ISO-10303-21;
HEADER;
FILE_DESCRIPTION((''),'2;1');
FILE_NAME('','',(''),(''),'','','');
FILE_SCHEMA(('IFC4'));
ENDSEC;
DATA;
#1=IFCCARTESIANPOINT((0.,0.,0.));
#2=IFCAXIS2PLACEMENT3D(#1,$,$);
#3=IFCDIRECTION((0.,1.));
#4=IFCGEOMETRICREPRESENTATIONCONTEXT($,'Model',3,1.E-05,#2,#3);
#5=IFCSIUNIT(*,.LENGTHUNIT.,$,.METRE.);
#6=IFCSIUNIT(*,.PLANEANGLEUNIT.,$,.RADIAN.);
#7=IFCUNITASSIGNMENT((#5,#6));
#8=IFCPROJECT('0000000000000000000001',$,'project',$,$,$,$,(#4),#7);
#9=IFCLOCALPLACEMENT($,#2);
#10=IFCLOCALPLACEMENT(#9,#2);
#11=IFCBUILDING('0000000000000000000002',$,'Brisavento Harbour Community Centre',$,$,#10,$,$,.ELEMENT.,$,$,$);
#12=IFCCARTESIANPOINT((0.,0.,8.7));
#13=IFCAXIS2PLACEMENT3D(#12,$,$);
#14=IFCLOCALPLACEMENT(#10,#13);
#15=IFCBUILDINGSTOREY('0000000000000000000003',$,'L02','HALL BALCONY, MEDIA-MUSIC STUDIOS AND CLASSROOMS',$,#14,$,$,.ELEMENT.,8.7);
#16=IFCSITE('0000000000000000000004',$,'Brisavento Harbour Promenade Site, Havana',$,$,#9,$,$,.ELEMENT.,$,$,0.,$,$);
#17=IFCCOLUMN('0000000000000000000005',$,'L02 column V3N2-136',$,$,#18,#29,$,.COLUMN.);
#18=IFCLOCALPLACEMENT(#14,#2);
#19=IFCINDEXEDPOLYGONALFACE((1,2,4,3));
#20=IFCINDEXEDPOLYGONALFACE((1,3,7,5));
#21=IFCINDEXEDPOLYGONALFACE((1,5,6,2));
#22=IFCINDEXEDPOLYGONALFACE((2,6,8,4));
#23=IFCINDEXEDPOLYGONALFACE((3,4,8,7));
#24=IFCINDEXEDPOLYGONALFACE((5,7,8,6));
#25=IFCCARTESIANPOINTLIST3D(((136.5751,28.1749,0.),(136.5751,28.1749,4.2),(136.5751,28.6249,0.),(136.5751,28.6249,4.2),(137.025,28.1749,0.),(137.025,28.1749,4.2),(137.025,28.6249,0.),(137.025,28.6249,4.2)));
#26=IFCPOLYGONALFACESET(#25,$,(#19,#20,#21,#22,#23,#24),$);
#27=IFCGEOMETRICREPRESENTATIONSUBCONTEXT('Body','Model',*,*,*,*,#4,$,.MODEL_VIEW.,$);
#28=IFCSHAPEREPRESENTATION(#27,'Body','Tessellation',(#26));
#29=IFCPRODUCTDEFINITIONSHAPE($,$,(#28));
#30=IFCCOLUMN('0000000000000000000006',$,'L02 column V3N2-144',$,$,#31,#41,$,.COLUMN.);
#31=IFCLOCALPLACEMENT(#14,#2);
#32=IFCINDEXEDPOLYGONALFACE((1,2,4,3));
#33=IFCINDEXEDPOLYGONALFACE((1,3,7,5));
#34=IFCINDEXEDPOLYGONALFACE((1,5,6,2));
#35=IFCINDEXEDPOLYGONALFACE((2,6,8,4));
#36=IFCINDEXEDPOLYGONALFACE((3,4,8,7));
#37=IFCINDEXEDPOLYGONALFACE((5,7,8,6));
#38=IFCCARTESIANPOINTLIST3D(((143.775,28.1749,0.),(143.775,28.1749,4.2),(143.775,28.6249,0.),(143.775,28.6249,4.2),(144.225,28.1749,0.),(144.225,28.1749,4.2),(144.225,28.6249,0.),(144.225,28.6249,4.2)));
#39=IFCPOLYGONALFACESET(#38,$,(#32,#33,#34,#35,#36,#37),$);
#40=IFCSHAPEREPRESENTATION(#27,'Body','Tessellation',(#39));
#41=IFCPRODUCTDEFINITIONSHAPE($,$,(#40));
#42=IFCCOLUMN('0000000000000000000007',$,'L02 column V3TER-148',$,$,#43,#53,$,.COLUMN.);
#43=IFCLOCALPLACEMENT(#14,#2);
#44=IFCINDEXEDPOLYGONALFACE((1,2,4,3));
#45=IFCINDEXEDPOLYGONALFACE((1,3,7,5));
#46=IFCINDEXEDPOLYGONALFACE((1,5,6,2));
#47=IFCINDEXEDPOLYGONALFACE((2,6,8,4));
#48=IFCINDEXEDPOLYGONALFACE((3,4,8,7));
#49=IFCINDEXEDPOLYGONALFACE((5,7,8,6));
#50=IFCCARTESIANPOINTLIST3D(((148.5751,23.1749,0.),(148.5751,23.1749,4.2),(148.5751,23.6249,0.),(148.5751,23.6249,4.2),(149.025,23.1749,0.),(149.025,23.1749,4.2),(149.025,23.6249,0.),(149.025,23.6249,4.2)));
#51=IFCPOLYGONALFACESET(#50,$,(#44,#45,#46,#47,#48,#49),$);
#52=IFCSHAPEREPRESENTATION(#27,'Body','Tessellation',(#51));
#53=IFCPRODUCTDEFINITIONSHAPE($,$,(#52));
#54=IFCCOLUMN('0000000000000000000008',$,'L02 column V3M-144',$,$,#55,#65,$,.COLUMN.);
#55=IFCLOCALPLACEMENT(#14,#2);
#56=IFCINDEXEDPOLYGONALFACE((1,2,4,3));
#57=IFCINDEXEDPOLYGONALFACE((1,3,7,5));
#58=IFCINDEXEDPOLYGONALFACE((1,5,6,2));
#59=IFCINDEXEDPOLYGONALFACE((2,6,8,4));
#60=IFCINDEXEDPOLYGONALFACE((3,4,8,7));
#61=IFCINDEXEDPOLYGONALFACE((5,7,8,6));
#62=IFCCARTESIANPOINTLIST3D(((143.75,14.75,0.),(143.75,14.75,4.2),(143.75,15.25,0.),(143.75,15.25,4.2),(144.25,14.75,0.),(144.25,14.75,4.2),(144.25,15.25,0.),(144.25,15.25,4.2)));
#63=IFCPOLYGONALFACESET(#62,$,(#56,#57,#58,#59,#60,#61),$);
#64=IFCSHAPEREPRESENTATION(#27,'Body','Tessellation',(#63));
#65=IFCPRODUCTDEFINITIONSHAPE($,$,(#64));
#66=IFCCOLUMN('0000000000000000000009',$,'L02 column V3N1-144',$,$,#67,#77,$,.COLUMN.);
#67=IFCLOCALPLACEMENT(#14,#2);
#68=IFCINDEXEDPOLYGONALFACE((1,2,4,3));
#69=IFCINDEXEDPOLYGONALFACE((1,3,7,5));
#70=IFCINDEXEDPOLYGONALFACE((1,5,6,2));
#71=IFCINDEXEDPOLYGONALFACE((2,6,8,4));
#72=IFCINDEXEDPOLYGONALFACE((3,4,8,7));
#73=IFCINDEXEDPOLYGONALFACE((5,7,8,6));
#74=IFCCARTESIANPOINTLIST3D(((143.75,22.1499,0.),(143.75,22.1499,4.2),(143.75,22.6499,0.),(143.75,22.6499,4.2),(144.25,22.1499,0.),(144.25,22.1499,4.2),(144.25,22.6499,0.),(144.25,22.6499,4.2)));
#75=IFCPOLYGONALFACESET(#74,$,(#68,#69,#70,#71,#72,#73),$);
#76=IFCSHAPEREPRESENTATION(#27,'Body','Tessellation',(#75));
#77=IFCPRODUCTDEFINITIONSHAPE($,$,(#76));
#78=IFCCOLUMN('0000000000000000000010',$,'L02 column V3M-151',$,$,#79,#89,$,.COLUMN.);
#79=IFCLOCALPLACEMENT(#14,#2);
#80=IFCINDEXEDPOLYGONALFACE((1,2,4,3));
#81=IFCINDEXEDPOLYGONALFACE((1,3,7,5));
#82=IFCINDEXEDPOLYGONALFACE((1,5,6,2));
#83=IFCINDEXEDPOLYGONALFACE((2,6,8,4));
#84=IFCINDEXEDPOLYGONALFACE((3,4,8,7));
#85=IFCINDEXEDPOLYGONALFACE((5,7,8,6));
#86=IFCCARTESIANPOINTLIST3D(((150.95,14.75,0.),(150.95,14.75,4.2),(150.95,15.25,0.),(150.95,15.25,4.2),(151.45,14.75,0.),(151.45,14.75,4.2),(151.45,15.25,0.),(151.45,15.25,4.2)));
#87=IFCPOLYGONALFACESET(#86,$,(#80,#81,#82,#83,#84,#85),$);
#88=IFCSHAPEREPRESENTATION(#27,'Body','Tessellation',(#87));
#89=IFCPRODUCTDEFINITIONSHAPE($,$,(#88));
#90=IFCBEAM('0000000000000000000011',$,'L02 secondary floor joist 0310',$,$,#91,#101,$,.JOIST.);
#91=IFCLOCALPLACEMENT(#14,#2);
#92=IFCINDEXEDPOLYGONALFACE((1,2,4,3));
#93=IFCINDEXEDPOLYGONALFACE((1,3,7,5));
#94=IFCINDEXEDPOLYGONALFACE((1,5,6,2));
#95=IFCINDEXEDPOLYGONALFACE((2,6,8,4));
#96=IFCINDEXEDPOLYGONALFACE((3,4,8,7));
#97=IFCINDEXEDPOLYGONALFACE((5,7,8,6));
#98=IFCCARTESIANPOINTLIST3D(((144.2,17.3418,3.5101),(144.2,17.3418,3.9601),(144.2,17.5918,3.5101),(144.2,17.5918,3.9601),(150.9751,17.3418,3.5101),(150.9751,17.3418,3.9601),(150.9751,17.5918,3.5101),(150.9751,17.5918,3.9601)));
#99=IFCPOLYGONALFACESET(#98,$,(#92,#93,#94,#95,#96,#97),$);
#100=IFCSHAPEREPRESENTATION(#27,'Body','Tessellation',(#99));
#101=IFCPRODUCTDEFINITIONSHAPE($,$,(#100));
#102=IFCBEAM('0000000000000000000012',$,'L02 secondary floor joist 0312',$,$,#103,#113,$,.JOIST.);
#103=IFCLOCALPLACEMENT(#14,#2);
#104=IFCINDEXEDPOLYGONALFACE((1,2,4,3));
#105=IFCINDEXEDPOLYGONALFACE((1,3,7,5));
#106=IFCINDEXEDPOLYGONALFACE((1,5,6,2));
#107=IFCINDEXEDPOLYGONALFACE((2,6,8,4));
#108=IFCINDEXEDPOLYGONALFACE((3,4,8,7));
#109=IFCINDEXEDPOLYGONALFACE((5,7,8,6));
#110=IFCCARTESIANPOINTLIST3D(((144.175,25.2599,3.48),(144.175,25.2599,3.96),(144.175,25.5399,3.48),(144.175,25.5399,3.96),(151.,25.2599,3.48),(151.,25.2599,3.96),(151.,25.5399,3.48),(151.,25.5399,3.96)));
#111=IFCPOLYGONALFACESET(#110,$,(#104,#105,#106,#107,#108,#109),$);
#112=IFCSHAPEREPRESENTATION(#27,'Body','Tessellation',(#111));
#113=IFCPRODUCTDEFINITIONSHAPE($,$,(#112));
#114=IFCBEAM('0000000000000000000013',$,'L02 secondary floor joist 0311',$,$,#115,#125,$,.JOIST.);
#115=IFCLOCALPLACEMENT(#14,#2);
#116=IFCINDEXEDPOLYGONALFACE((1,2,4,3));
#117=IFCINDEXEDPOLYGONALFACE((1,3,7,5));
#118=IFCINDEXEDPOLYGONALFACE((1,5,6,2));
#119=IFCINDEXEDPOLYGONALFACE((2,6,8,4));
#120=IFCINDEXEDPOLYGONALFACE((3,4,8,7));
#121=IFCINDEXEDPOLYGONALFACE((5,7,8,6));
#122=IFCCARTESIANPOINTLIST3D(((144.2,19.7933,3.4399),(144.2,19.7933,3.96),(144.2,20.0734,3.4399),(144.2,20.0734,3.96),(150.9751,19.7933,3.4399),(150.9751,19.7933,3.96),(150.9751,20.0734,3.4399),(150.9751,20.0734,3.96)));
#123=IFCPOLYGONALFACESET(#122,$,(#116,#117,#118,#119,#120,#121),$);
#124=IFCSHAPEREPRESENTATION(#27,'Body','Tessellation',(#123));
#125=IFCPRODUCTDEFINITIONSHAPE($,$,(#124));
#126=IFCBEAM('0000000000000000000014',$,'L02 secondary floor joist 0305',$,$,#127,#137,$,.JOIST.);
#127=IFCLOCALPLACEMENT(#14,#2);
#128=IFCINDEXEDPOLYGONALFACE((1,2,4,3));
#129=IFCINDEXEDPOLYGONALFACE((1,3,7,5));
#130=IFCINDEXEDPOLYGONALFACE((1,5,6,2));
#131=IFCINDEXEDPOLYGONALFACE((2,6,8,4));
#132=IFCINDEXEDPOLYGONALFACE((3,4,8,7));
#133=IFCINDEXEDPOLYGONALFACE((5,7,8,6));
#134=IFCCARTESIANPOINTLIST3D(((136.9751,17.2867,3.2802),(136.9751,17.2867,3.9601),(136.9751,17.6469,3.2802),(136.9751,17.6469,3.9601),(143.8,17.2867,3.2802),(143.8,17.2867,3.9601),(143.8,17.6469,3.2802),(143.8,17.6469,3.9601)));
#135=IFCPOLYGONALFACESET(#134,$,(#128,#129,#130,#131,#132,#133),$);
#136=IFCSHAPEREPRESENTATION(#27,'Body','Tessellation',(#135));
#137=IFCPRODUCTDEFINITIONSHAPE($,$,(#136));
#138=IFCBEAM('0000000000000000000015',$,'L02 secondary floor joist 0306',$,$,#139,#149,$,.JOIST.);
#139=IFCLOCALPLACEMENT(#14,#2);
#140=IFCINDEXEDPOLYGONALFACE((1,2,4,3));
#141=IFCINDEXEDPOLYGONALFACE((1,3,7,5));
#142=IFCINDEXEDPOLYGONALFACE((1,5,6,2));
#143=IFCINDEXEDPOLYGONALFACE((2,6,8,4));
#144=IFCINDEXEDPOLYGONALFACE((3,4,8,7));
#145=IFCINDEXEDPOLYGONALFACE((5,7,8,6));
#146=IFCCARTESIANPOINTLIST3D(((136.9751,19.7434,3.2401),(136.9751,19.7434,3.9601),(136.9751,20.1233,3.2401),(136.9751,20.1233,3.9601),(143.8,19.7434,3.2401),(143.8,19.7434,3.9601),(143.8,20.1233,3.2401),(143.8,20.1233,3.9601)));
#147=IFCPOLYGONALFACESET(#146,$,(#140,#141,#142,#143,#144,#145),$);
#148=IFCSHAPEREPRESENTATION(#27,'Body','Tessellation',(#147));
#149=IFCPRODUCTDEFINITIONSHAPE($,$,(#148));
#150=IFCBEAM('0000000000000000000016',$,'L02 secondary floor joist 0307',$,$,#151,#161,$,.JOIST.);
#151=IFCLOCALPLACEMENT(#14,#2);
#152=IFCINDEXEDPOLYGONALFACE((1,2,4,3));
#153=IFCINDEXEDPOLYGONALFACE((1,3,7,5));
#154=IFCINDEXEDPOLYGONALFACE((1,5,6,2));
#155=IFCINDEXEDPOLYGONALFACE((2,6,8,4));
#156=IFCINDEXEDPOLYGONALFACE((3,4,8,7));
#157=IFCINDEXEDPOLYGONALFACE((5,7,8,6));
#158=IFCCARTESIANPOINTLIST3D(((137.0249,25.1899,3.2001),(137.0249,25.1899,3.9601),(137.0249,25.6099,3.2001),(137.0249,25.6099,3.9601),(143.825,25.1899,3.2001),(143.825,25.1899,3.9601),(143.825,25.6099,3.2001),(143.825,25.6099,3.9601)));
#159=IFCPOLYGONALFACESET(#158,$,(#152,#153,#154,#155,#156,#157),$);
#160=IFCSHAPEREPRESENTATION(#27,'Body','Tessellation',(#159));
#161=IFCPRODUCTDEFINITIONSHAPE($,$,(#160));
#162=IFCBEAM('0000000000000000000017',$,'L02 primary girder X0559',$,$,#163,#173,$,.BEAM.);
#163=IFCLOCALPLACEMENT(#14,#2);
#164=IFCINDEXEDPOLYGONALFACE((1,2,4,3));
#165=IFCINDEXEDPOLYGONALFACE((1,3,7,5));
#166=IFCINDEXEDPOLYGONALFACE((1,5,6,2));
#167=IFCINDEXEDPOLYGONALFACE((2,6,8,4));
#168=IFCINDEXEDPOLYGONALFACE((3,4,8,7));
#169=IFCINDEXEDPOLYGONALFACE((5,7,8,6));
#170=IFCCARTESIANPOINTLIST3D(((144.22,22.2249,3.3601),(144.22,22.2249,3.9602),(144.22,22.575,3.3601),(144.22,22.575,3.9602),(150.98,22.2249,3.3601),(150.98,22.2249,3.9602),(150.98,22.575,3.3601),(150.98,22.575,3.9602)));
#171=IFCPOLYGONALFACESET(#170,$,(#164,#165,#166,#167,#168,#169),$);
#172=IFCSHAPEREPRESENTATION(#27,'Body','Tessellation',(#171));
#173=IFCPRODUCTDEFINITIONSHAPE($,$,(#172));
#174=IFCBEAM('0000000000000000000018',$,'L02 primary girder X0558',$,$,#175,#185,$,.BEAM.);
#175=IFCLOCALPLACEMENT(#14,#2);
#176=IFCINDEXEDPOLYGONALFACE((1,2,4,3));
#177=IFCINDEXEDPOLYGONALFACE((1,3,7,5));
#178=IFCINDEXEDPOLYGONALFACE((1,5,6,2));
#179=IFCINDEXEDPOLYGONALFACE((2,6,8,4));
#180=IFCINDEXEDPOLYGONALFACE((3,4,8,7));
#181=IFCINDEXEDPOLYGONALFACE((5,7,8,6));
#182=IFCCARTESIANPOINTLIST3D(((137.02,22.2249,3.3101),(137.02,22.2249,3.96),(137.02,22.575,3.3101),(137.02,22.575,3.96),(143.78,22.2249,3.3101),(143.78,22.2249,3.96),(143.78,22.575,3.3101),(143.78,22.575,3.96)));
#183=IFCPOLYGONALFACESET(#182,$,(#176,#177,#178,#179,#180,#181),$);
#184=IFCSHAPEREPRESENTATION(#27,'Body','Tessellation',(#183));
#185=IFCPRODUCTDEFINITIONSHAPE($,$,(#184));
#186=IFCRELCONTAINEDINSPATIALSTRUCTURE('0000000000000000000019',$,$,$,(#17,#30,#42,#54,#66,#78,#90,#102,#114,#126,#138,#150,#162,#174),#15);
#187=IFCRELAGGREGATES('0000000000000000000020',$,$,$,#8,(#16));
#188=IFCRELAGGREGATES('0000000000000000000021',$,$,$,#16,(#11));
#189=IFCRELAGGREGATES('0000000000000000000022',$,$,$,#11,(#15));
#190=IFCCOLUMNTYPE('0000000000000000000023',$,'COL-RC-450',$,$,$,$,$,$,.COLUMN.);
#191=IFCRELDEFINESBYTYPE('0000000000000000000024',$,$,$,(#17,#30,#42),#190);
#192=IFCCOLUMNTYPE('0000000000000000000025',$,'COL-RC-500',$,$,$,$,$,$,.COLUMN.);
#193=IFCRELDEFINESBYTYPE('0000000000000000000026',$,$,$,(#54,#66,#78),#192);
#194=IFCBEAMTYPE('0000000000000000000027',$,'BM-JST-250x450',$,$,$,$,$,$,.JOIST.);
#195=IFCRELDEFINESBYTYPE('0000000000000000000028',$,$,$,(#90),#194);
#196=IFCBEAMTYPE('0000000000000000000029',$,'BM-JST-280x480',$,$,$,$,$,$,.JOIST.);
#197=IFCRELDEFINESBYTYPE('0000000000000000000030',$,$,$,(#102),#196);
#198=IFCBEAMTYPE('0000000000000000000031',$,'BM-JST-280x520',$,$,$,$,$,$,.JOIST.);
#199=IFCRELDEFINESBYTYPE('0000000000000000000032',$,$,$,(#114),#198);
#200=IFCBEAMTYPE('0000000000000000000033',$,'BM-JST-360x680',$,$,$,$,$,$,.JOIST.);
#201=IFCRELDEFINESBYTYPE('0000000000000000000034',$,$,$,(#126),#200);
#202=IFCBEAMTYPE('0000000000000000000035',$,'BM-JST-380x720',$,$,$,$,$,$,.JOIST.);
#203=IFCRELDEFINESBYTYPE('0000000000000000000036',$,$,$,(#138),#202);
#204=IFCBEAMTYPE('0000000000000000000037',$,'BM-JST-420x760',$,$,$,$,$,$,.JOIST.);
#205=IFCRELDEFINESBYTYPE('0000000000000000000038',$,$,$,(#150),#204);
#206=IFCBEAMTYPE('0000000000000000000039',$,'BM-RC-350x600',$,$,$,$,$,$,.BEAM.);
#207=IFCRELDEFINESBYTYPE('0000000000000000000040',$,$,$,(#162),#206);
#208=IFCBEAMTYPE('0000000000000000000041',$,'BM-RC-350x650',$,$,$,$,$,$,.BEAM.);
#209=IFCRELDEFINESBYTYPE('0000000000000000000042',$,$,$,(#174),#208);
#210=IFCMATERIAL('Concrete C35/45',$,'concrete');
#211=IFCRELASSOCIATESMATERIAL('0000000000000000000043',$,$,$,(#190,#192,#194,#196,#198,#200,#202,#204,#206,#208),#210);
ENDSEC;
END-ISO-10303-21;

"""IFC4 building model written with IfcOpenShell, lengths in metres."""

from ifc_helpers import new_model, si_unit, direction, frame, origin, origin_2d, place, context, subcontext, project, spatial, rectangle, extrude, material, material_profile, profile_set, type_object, element, save


model = new_model("IFC4")

# Units and contexts
model_context = context("Model", 3, precision=1e-05, world=origin(), true_north=direction((0.0, 1.0)))
body_context = subcontext(model_context, "Body", "Model", "MODEL_VIEW")
ifc_project = project(units=[si_unit("LENGTHUNIT", "METRE"), si_unit("PLANEANGLEUNIT", "RADIAN")], contexts=[model_context])

# Site, building, storey
site_placement = place(None, origin())
site = spatial("IfcSite", under=ifc_project, at=site_placement, Name="Brisavento Harbour Promenade Site, Havana", CompositionType="ELEMENT", RefElevation=0.0)
building_placement = place(site_placement, origin())
building = spatial("IfcBuilding", under=site, at=building_placement, Name="Brisavento Harbour Community Centre", CompositionType="ELEMENT")
storey_placement = place(building_placement, frame((0.0, 0.0, 8.7)))
storey = spatial("IfcBuildingStorey", under=building, at=storey_placement, Name="L02", Description="HALL BALCONY, MEDIA-MUSIC STUDIOS AND CLASSROOMS", CompositionType="ELEMENT", Elevation=8.7)

# Columns
ifc_material_1 = material(Name="Concrete C35/45", Category="concrete")
ifc_material_profile_1 = material_profile(ifc_material_1, rectangle(XDim=0.45, YDim=0.45, at=origin_2d()), Name="Concrete C35/45")
ifc_profile_set_1 = profile_set([ifc_material_profile_1], Name="Concrete C35/45")
column_type_1 = type_object("IfcColumnType", Name="COL-RC-450", PredefinedType="COLUMN", material=ifc_profile_set_1)
for number, where, z_axis, x_axis, name in (
    (1, (136.8, 28.3999, 0.0), (0.0, 0.0, 1.0), (1.0, 0.0, 0.0), "L02 column V3N2-136"),
    (2, (144.0, 28.3999, 0.0), (0.0, 0.0, 1.0), (1.0, 0.0, 0.0), "L02 column V3N2-144"),
    (3, (148.8, 23.3999, 0.0), (0.0, 0.0, 1.0), (1.0, 0.0, 0.0), "L02 column V3TER-148"),
):
    element("IfcColumn", number, at=place(storey_placement, frame(where, z_axis=z_axis, x_axis=x_axis)), inside=storey, type_object=column_type_1, Name=name, PredefinedType="COLUMN", context=body_context, shape_type="SweptSolid", body=[
        extrude(rectangle(XDim=0.45, YDim=0.45, at=origin_2d()), origin(), (0.0, 0.0, 1.0), 4.2),
    ])
ifc_material_profile_2 = material_profile(ifc_material_1, rectangle(XDim=0.5, YDim=0.5, at=origin_2d()), Name="Concrete C35/45")
ifc_profile_set_2 = profile_set([ifc_material_profile_2], Name="Concrete C35/45")
column_type_2 = type_object("IfcColumnType", Name="COL-RC-500", PredefinedType="COLUMN", material=ifc_profile_set_2)
for number, where, z_axis, x_axis, name in (
    (4, (144.0, 15.0, 0.0), (0.0, 0.0, 1.0), (1.0, 0.0, 0.0), "L02 column V3M-144"),
    (5, (144.0, 22.3999, 0.0), (0.0, 0.0, 1.0), (1.0, 0.0, 0.0), "L02 column V3N1-144"),
    (6, (151.2, 15.0, 0.0), (0.0, 0.0, 1.0), (1.0, 0.0, 0.0), "L02 column V3M-151"),
):
    element("IfcColumn", number, at=place(storey_placement, frame(where, z_axis=z_axis, x_axis=x_axis)), inside=storey, type_object=column_type_2, Name=name, PredefinedType="COLUMN", context=body_context, shape_type="SweptSolid", body=[
        extrude(rectangle(XDim=0.5, YDim=0.5, at=origin_2d()), origin(), (0.0, 0.0, 1.0), 4.2),
    ])

# Beams
ifc_material_profile_3 = material_profile(ifc_material_1, rectangle(XDim=0.25, YDim=0.45, at=origin_2d()), Name="Concrete C35/45")
ifc_profile_set_3 = profile_set([ifc_material_profile_3], Name="Concrete C35/45")
beam_type_1 = type_object("IfcBeamType", Name="BM-JST-250x450", PredefinedType="JOIST", material=ifc_profile_set_3)
beam_1_placement = place(storey_placement, frame((144.2, 17.4668, 3.7351), z_axis=(1.0, 0.0, 0.0), x_axis=(0.0, 1.0, 0.0)))
element("IfcBeam", 7, at=beam_1_placement, inside=storey, type_object=beam_type_1, Name="L02 secondary floor joist 0310", PredefinedType="JOIST", context=body_context, shape_type="SweptSolid", body=[
    extrude(rectangle(XDim=0.25, YDim=0.45, at=origin_2d()), origin(), (0.0, 0.0, 1.0), 6.7751),
])
ifc_material_profile_4 = material_profile(ifc_material_1, rectangle(XDim=0.28, YDim=0.48, at=origin_2d()), Name="Concrete C35/45")
ifc_profile_set_4 = profile_set([ifc_material_profile_4], Name="Concrete C35/45")
beam_type_2 = type_object("IfcBeamType", Name="BM-JST-280x480", PredefinedType="JOIST", material=ifc_profile_set_4)
beam_2_placement = place(storey_placement, frame((144.175, 25.3999, 3.72), z_axis=(1.0, 0.0, 0.0), x_axis=(0.0, 1.0, 0.0)))
element("IfcBeam", 8, at=beam_2_placement, inside=storey, type_object=beam_type_2, Name="L02 secondary floor joist 0312", PredefinedType="JOIST", context=body_context, shape_type="SweptSolid", body=[
    extrude(rectangle(XDim=0.28, YDim=0.48, at=origin_2d()), origin(), (0.0, 0.0, 1.0), 6.825),
])
ifc_material_profile_5 = material_profile(ifc_material_1, rectangle(XDim=0.28, YDim=0.52, at=origin_2d()), Name="Concrete C35/45")
ifc_profile_set_5 = profile_set([ifc_material_profile_5], Name="Concrete C35/45")
beam_type_3 = type_object("IfcBeamType", Name="BM-JST-280x520", PredefinedType="JOIST", material=ifc_profile_set_5)
beam_3_placement = place(storey_placement, frame((144.2, 19.9333, 3.7), z_axis=(1.0, 0.0, 0.0), x_axis=(0.0, 1.0, 0.0)))
element("IfcBeam", 9, at=beam_3_placement, inside=storey, type_object=beam_type_3, Name="L02 secondary floor joist 0311", PredefinedType="JOIST", context=body_context, shape_type="SweptSolid", body=[
    extrude(rectangle(XDim=0.28, YDim=0.52, at=origin_2d()), origin(), (0.0, 0.0, 1.0), 6.7751),
])
ifc_material_profile_6 = material_profile(ifc_material_1, rectangle(XDim=0.3601, YDim=0.6799, at=origin_2d()), Name="Concrete C35/45")
ifc_profile_set_6 = profile_set([ifc_material_profile_6], Name="Concrete C35/45")
beam_type_4 = type_object("IfcBeamType", Name="BM-JST-360x680", PredefinedType="JOIST", material=ifc_profile_set_6)
beam_4_placement = place(storey_placement, frame((136.9751, 17.4668, 3.6201), z_axis=(1.0, 0.0, 0.0), x_axis=(0.0, 1.0, 0.0)))
element("IfcBeam", 10, at=beam_4_placement, inside=storey, type_object=beam_type_4, Name="L02 secondary floor joist 0305", PredefinedType="JOIST", context=body_context, shape_type="SweptSolid", body=[
    extrude(rectangle(XDim=0.3601, YDim=0.6799, at=origin_2d()), origin(), (0.0, 0.0, 1.0), 6.825),
])
ifc_material_profile_7 = material_profile(ifc_material_1, rectangle(XDim=0.3799, YDim=0.72, at=origin_2d()), Name="Concrete C35/45")
ifc_profile_set_7 = profile_set([ifc_material_profile_7], Name="Concrete C35/45")
beam_type_5 = type_object("IfcBeamType", Name="BM-JST-380x720", PredefinedType="JOIST", material=ifc_profile_set_7)
beam_5_placement = place(storey_placement, frame((136.9751, 19.9333, 3.6001), z_axis=(1.0, 0.0, 0.0), x_axis=(0.0, 1.0, 0.0)))
element("IfcBeam", 11, at=beam_5_placement, inside=storey, type_object=beam_type_5, Name="L02 secondary floor joist 0306", PredefinedType="JOIST", context=body_context, shape_type="SweptSolid", body=[
    extrude(rectangle(XDim=0.3799, YDim=0.72, at=origin_2d()), origin(), (0.0, 0.0, 1.0), 6.825),
])
ifc_material_profile_8 = material_profile(ifc_material_1, rectangle(XDim=0.4199, YDim=0.76, at=origin_2d()), Name="Concrete C35/45")
ifc_profile_set_8 = profile_set([ifc_material_profile_8], Name="Concrete C35/45")
beam_type_6 = type_object("IfcBeamType", Name="BM-JST-420x760", PredefinedType="JOIST", material=ifc_profile_set_8)
beam_6_placement = place(storey_placement, frame((137.0249, 25.3999, 3.5801), z_axis=(1.0, 0.0, 0.0), x_axis=(0.0, 1.0, 0.0)))
element("IfcBeam", 12, at=beam_6_placement, inside=storey, type_object=beam_type_6, Name="L02 secondary floor joist 0307", PredefinedType="JOIST", context=body_context, shape_type="SweptSolid", body=[
    extrude(rectangle(XDim=0.4199, YDim=0.76, at=origin_2d()), origin(), (0.0, 0.0, 1.0), 6.8),
])
ifc_material_profile_9 = material_profile(ifc_material_1, rectangle(XDim=0.3501, YDim=0.6001, at=origin_2d()), Name="Concrete C35/45")
ifc_profile_set_9 = profile_set([ifc_material_profile_9], Name="Concrete C35/45")
beam_type_7 = type_object("IfcBeamType", Name="BM-RC-350x600", PredefinedType="BEAM", material=ifc_profile_set_9)
beam_7_placement = place(storey_placement, frame((144.22, 22.3999, 3.6602), z_axis=(1.0, 0.0, 0.0), x_axis=(0.0, 1.0, 0.0)))
element("IfcBeam", 13, at=beam_7_placement, inside=storey, type_object=beam_type_7, Name="L02 primary girder X0559", PredefinedType="BEAM", context=body_context, shape_type="SweptSolid", body=[
    extrude(rectangle(XDim=0.3501, YDim=0.6001, at=origin_2d()), origin(), (0.0, 0.0, 1.0), 6.76),
])
ifc_material_profile_10 = material_profile(ifc_material_1, rectangle(XDim=0.3501, YDim=0.6499, at=origin_2d()), Name="Concrete C35/45")
ifc_profile_set_10 = profile_set([ifc_material_profile_10], Name="Concrete C35/45")
beam_type_8 = type_object("IfcBeamType", Name="BM-RC-350x650", PredefinedType="BEAM", material=ifc_profile_set_10)
beam_8_placement = place(storey_placement, frame((137.02, 22.3999, 3.635), z_axis=(1.0, 0.0, 0.0), x_axis=(0.0, 1.0, 0.0)))
element("IfcBeam", 14, at=beam_8_placement, inside=storey, type_object=beam_type_8, Name="L02 primary girder X0558", PredefinedType="BEAM", context=body_context, shape_type="SweptSolid", body=[
    extrude(rectangle(XDim=0.3501, YDim=0.6499, at=origin_2d()), origin(), (0.0, 0.0, 1.0), 6.76),
])

save(model, "model.ifc")
